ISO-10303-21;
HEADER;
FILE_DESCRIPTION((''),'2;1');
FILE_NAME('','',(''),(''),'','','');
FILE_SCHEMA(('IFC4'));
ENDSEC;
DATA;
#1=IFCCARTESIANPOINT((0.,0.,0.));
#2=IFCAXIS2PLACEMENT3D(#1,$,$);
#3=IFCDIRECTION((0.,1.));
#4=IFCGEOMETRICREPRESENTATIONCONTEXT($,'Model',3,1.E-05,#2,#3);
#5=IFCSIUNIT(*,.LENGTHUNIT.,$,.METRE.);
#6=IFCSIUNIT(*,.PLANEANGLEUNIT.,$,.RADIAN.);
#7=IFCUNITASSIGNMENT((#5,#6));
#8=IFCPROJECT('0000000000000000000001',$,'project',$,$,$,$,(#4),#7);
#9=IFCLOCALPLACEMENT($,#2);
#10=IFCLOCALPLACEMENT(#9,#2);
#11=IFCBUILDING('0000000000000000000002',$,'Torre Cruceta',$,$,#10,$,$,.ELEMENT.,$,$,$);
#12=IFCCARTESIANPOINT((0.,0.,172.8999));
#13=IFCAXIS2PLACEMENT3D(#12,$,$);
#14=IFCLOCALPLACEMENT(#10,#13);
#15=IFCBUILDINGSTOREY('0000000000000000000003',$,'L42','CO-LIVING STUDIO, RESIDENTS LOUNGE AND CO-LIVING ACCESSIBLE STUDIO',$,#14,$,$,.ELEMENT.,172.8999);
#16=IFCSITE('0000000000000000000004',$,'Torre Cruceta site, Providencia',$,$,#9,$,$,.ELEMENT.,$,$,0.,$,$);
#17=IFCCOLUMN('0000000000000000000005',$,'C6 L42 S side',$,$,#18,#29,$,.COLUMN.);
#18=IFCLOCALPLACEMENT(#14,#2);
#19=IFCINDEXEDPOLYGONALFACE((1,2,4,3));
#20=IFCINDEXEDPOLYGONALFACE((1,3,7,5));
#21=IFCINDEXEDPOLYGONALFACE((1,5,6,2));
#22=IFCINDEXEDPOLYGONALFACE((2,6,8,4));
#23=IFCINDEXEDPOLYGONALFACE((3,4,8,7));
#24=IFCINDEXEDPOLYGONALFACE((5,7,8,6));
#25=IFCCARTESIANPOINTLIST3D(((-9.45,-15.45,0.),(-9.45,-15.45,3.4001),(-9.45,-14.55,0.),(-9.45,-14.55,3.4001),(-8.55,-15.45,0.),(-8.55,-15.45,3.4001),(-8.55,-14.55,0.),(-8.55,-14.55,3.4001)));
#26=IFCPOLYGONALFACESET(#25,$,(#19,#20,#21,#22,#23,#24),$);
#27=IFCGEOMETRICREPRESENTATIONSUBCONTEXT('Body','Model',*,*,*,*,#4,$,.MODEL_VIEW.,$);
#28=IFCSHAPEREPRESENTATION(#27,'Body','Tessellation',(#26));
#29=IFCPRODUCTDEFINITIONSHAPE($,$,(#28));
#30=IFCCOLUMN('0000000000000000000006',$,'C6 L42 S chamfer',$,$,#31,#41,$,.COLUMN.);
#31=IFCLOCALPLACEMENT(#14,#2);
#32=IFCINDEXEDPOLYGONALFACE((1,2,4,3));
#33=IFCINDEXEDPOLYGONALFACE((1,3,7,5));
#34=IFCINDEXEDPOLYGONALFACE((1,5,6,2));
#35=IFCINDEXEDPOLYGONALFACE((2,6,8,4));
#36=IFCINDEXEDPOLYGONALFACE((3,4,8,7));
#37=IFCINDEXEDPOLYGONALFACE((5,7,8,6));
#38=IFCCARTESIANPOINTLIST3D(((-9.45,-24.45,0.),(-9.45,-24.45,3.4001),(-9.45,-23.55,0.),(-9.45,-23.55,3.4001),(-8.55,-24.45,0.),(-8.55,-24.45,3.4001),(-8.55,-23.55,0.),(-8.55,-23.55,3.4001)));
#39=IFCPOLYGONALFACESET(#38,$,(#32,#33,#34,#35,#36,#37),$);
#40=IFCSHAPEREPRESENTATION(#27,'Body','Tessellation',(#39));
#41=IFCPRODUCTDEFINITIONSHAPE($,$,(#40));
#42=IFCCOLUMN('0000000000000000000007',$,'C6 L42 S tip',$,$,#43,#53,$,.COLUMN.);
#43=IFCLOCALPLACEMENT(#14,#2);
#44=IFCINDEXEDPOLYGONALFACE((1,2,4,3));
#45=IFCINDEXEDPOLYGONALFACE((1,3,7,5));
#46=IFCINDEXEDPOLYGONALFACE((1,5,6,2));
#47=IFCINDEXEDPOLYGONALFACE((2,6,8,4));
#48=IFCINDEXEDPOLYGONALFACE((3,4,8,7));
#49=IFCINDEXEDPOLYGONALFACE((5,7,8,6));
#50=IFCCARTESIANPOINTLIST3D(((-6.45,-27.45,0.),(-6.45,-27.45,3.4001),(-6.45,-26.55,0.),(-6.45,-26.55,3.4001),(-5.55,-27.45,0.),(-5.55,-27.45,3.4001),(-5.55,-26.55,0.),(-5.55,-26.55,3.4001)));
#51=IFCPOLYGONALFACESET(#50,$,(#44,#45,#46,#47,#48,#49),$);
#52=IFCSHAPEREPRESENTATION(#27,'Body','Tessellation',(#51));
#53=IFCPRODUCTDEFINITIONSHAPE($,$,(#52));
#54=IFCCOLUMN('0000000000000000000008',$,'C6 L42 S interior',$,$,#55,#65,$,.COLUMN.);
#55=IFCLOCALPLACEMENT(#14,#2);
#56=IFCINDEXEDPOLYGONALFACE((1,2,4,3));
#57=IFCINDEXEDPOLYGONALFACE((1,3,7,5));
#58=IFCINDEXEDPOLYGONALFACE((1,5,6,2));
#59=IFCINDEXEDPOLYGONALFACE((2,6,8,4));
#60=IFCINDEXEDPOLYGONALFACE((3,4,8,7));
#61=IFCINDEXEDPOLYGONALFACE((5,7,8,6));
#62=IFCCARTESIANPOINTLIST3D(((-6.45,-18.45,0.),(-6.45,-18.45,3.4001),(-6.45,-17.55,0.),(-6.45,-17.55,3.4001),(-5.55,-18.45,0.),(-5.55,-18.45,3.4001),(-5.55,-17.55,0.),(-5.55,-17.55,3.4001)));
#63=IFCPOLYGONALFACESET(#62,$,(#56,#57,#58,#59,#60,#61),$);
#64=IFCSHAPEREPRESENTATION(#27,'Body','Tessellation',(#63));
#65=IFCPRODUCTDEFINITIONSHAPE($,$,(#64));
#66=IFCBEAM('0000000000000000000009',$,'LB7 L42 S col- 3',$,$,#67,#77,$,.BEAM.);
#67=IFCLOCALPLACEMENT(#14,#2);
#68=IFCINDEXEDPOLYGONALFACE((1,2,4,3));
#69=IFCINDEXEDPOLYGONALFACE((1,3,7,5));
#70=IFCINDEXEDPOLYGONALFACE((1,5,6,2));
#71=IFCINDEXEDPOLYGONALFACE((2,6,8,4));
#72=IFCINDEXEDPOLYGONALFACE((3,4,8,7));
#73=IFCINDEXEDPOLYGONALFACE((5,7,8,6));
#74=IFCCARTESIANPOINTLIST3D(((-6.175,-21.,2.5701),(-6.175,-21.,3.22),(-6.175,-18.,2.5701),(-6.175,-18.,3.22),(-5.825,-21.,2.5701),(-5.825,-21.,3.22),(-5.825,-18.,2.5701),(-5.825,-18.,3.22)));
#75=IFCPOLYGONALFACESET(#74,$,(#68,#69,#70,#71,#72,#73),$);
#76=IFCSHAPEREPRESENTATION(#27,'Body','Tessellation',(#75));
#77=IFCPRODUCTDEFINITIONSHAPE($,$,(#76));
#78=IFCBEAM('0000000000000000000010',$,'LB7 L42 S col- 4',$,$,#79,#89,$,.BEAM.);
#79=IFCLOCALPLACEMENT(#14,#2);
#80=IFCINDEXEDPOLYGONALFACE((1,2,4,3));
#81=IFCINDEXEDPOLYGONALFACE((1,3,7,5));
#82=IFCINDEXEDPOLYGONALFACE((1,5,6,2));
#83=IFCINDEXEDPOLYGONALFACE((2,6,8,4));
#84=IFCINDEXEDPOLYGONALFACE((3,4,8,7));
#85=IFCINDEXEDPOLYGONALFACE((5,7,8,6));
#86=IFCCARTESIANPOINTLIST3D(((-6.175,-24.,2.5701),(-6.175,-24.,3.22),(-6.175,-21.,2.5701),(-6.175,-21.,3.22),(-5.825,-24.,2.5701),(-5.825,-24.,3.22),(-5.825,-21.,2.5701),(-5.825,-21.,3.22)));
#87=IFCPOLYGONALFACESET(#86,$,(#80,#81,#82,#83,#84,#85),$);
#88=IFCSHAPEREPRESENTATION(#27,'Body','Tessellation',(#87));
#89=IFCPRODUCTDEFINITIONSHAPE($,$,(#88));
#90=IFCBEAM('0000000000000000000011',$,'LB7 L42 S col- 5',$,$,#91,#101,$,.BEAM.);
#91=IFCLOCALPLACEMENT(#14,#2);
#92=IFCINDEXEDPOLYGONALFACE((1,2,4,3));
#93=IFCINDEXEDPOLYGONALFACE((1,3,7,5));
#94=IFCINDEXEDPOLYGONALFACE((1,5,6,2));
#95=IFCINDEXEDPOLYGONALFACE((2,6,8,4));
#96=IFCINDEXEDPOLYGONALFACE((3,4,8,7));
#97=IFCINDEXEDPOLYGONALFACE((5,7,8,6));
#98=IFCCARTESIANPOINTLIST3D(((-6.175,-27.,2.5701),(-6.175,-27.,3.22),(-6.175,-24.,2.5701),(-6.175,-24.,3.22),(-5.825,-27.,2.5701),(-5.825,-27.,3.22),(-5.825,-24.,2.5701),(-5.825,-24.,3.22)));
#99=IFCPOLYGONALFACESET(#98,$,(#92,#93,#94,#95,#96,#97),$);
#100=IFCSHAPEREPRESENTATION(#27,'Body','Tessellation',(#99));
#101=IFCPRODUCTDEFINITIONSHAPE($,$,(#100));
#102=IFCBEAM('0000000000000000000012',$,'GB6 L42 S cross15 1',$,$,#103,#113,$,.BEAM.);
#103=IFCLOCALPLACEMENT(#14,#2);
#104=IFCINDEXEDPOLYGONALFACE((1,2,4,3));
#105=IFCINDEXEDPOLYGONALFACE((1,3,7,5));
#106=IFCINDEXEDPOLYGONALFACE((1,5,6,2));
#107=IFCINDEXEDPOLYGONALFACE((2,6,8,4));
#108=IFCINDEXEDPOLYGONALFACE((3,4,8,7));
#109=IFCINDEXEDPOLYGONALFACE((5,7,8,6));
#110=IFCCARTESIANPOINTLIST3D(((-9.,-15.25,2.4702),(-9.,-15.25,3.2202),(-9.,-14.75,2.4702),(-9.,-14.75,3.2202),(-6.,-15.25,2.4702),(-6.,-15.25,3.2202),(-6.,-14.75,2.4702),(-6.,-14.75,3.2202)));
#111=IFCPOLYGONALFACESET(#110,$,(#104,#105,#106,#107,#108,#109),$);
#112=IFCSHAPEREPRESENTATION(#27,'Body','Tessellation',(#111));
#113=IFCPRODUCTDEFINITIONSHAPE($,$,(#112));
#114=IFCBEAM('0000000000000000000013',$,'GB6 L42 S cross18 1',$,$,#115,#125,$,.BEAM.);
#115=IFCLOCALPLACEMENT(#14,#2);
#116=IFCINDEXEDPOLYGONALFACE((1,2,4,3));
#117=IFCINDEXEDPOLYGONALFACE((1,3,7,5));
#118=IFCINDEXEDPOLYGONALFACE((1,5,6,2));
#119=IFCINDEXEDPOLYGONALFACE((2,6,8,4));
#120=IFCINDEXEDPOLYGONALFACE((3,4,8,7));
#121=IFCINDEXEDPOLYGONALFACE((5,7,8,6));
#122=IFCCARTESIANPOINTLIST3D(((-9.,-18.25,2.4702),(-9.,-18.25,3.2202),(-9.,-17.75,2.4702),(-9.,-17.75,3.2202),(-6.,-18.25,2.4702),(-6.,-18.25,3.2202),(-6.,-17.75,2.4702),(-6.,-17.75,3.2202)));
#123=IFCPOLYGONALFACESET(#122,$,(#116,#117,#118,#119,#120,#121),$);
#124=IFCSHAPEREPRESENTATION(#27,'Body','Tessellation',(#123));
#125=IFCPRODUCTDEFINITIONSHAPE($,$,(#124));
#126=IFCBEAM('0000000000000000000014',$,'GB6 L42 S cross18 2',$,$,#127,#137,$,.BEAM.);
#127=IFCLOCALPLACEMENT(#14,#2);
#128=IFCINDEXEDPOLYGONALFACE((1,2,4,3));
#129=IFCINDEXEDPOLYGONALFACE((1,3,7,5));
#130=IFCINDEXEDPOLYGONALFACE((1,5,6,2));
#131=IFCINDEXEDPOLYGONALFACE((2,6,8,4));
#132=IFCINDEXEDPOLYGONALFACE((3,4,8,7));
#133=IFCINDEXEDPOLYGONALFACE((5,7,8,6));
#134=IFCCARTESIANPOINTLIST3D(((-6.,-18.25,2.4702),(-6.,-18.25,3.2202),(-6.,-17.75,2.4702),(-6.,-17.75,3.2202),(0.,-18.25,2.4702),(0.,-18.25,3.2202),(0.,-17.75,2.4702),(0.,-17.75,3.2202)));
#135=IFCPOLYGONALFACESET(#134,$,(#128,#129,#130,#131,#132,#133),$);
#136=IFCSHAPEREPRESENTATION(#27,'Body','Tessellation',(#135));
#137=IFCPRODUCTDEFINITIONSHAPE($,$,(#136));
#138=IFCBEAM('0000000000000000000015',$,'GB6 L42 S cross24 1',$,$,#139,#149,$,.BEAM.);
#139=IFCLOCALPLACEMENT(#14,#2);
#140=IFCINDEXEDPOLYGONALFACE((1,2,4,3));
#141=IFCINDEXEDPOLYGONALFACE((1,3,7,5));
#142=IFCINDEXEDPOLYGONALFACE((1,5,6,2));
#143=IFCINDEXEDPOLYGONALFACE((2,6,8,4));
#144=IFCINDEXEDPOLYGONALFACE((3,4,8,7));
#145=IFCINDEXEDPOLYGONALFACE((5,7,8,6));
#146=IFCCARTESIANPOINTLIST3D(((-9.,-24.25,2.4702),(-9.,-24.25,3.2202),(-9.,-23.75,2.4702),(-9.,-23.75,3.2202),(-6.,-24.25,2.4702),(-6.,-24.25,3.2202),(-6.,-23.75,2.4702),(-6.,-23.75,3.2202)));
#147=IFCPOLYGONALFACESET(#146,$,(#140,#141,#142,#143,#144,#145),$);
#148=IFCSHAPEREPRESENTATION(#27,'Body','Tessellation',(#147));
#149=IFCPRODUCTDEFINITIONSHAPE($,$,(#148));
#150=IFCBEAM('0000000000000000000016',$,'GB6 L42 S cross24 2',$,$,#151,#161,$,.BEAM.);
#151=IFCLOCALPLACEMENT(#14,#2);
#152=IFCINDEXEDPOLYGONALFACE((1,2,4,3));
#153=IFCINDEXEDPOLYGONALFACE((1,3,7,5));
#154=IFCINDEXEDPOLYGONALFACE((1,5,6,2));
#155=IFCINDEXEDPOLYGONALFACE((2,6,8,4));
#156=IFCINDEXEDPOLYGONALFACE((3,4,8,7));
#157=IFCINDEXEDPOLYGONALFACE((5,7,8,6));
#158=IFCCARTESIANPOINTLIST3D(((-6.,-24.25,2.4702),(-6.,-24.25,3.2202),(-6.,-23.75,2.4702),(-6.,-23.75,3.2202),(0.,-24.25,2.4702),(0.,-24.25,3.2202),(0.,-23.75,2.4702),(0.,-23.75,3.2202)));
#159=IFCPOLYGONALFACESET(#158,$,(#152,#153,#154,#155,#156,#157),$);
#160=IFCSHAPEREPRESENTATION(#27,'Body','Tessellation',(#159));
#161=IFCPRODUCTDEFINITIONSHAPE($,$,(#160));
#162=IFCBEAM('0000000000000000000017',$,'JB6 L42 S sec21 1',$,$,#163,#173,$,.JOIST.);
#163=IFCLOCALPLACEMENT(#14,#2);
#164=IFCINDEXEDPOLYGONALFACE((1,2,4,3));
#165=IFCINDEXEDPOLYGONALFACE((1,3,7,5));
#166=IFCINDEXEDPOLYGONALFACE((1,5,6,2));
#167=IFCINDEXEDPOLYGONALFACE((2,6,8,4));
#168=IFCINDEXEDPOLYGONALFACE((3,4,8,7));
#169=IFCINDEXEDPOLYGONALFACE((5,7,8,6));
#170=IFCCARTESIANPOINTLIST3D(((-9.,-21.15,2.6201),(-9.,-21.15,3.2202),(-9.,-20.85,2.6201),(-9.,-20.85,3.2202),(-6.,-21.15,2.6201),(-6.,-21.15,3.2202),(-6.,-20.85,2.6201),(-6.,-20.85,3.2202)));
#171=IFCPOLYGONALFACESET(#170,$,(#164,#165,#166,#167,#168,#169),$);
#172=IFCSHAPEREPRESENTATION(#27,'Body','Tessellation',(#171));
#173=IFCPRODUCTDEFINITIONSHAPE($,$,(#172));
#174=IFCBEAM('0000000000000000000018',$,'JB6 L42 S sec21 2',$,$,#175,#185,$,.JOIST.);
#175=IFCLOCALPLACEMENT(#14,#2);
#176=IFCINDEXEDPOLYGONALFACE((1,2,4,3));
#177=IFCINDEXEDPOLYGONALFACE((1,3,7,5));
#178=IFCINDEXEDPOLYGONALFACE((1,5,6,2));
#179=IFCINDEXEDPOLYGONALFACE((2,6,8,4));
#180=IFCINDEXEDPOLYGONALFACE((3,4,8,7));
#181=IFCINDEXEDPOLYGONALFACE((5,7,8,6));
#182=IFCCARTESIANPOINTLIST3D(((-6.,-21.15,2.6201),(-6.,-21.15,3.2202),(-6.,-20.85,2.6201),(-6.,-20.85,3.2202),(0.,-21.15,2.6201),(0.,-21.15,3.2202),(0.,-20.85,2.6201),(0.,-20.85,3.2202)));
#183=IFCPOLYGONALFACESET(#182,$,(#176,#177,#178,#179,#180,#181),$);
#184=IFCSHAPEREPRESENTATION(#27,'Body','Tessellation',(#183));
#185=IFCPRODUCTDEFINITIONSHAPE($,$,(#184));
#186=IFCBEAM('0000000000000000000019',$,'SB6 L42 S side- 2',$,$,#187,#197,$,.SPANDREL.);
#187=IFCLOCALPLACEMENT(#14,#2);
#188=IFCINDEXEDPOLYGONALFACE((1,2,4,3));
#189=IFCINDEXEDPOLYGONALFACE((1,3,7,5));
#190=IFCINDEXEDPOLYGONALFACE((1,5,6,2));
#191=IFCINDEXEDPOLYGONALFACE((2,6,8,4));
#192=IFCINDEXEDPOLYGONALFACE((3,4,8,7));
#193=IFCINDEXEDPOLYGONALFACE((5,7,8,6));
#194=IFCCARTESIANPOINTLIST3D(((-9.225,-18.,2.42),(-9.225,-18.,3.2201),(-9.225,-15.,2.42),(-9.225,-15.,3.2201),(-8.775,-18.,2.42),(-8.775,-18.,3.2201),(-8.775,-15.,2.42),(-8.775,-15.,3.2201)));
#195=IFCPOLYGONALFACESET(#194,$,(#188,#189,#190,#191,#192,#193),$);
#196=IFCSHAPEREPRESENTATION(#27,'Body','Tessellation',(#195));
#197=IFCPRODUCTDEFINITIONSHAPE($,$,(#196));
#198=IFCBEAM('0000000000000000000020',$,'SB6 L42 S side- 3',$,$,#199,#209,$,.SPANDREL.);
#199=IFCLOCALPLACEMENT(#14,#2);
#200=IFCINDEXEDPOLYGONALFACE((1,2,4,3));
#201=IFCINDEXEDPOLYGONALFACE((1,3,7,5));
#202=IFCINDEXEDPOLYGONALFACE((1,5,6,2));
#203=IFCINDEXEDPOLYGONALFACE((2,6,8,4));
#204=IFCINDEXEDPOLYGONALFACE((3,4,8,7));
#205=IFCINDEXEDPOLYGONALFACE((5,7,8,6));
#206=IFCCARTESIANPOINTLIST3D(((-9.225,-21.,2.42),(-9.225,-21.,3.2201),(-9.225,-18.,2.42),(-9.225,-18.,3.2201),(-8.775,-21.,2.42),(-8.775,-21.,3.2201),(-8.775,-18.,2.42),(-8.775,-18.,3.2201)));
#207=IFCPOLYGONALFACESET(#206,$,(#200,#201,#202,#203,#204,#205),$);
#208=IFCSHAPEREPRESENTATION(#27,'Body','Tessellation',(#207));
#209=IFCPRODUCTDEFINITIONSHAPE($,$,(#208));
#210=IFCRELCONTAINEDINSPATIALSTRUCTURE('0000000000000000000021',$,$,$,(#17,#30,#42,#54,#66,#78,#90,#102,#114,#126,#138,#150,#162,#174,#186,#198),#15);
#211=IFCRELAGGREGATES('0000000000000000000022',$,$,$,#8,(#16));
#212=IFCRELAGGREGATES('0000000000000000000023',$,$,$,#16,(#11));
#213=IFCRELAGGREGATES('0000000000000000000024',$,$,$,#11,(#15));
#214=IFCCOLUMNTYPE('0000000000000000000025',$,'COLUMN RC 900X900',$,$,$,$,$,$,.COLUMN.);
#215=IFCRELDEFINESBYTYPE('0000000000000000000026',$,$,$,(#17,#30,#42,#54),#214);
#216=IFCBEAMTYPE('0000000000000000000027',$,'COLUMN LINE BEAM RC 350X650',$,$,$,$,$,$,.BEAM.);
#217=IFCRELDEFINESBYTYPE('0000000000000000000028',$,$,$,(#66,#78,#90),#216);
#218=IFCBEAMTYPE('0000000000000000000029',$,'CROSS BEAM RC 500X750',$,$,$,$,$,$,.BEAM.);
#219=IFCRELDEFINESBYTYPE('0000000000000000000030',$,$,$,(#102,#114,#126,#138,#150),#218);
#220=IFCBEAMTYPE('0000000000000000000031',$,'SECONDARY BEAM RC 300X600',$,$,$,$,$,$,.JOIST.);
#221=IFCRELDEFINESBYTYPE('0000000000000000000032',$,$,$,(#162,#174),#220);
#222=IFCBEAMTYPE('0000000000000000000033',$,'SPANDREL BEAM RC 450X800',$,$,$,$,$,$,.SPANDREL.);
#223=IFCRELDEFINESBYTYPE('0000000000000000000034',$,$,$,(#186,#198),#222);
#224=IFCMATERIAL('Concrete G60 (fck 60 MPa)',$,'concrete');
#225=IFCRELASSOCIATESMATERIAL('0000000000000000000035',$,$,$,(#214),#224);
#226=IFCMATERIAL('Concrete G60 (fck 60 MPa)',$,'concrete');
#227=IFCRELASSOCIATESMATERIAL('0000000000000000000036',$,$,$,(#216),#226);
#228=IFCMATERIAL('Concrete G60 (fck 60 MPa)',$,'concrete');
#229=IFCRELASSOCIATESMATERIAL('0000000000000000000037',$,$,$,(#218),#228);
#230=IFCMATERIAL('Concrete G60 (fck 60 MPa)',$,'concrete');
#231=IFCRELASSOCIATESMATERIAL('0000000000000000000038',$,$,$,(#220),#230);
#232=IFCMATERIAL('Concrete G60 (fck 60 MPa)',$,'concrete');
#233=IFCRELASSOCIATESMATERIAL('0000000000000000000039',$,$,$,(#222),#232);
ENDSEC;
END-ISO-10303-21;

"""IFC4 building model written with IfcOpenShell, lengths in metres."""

from ifc_helpers import new_model, si_unit, direction, frame, origin, origin_2d, place, context, subcontext, project, spatial, rectangle, extrude, material, material_profile, profile_set, type_object, element, save


model = new_model("IFC4")

# Units and contexts
model_context = context("Model", 3, precision=1e-05, world=origin(), true_north=direction((0.0, 1.0)))
body_context = subcontext(model_context, "Body", "Model", "MODEL_VIEW")
ifc_project = project(units=[si_unit("LENGTHUNIT", "METRE"), si_unit("PLANEANGLEUNIT", "RADIAN")], contexts=[model_context])

# Site, building, storey
site_placement = place(None, origin())
site = spatial("IfcSite", under=ifc_project, at=site_placement, Name="Torre Cruceta site, Providencia", CompositionType="ELEMENT", RefElevation=0.0)
building_placement = place(site_placement, origin())
building = spatial("IfcBuilding", under=site, at=building_placement, Name="Torre Cruceta", CompositionType="ELEMENT")
storey_placement = place(building_placement, frame((0.0, 0.0, 172.8999)))
storey = spatial("IfcBuildingStorey", under=building, at=storey_placement, Name="L42", Description="CO-LIVING STUDIO, RESIDENTS LOUNGE AND CO-LIVING ACCESSIBLE STUDIO", CompositionType="ELEMENT", Elevation=172.8999)

# Columns
ifc_material_1 = material(Name="Concrete G60 (fck 60 MPa)", Category="concrete")
ifc_material_profile_1 = material_profile(ifc_material_1, rectangle(XDim=0.8999, YDim=0.8999, at=origin_2d()), Name="RC 900X900")
ifc_profile_set_1 = profile_set([ifc_material_profile_1], Name="Concrete G60 (fck 60 MPa)")
column_type = type_object("IfcColumnType", Name="COLUMN RC 900X900", PredefinedType="COLUMN", material=ifc_profile_set_1)
for number, where, z_axis, x_axis, name in (
    (1, (-9.0, -15.0, 0.0), (0.0, 0.0, 1.0), (1.0, 0.0, 0.0), "C6 L42 S side"),
    (2, (-9.0, -24.0, 0.0), (0.0, 0.0, 1.0), (1.0, 0.0, 0.0), "C6 L42 S chamfer"),
    (3, (-6.0, -27.0, 0.0), (0.0, 0.0, 1.0), (1.0, 0.0, 0.0), "C6 L42 S tip"),
    (4, (-6.0, -18.0, 0.0), (0.0, 0.0, 1.0), (1.0, 0.0, 0.0), "C6 L42 S interior"),
):
    element("IfcColumn", number, at=place(storey_placement, frame(where, z_axis=z_axis, x_axis=x_axis)), inside=storey, type_object=column_type, Name=name, PredefinedType="COLUMN", context=body_context, shape_type="SweptSolid", body=[
        extrude(rectangle(XDim=0.8999, YDim=0.8999, at=origin_2d()), origin(), (0.0, 0.0, 1.0), 3.4001),
    ])

# Beams
ifc_material_2 = material(Name="Concrete G60 (fck 60 MPa)", Category="concrete")
ifc_material_profile_2 = material_profile(ifc_material_2, rectangle(XDim=0.3501, YDim=0.6499, at=origin_2d()), Name="RC 350X650")
ifc_profile_set_2 = profile_set([ifc_material_profile_2], Name="Concrete G60 (fck 60 MPa)")
beam_type_1 = type_object("IfcBeamType", Name="COLUMN LINE BEAM RC 350X650", PredefinedType="BEAM", material=ifc_profile_set_2)
for number, where, z_axis, x_axis, name in (
    (5, (-6.0, -18.0, 2.895), (0.0, -1.0, 0.0), (1.0, 0.0, 0.0), "LB7 L42 S col- 3"),
    (6, (-6.0, -21.0, 2.895), (0.0, -1.0, 0.0), (1.0, 0.0, 0.0), "LB7 L42 S col- 4"),
    (7, (-6.0, -24.0, 2.895), (0.0, -1.0, 0.0), (1.0, 0.0, 0.0), "LB7 L42 S col- 5"),
):
    element("IfcBeam", number, at=place(storey_placement, frame(where, z_axis=z_axis, x_axis=x_axis)), inside=storey, type_object=beam_type_1, Name=name, PredefinedType="BEAM", context=body_context, shape_type="SweptSolid", body=[
        extrude(rectangle(XDim=0.3501, YDim=0.6499, at=origin_2d()), origin(), (0.0, 0.0, 1.0), 3.0),
    ])
ifc_material_3 = material(Name="Concrete G60 (fck 60 MPa)", Category="concrete")
ifc_material_profile_3 = material_profile(ifc_material_3, rectangle(XDim=0.5, YDim=0.75, at=origin_2d()), Name="RC 500X750")
ifc_profile_set_3 = profile_set([ifc_material_profile_3], Name="Concrete G60 (fck 60 MPa)")
beam_type_2 = type_object("IfcBeamType", Name="CROSS BEAM RC 500X750", PredefinedType="BEAM", material=ifc_profile_set_3)
for number, where, z_axis, x_axis, name in (
    (8, (-9.0, -15.0, 2.8452), (1.0, 0.0, 0.0), (0.0, 1.0, 0.0), "GB6 L42 S cross15 1"),
    (9, (-9.0, -18.0, 2.8452), (1.0, 0.0, 0.0), (0.0, 1.0, 0.0), "GB6 L42 S cross18 1"),
):
    element("IfcBeam", number, at=place(storey_placement, frame(where, z_axis=z_axis, x_axis=x_axis)), inside=storey, type_object=beam_type_2, Name=name, PredefinedType="BEAM", context=body_context, shape_type="SweptSolid", body=[
        extrude(rectangle(XDim=0.5, YDim=0.75, at=origin_2d()), origin(), (0.0, 0.0, 1.0), 3.0),
    ])
beam_1_placement = place(storey_placement, frame((-6.0, -18.0, 2.8452), z_axis=(1.0, 0.0, 0.0), x_axis=(0.0, 1.0, 0.0)))
element("IfcBeam", 10, at=beam_1_placement, inside=storey, type_object=beam_type_2, Name="GB6 L42 S cross18 2", PredefinedType="BEAM", context=body_context, shape_type="SweptSolid", body=[
    extrude(rectangle(XDim=0.5, YDim=0.75, at=origin_2d()), origin(), (0.0, 0.0, 1.0), 6.0),
])
beam_2_placement = place(storey_placement, frame((-9.0, -24.0, 2.8452), z_axis=(1.0, 0.0, 0.0), x_axis=(0.0, 1.0, 0.0)))
element("IfcBeam", 11, at=beam_2_placement, inside=storey, type_object=beam_type_2, Name="GB6 L42 S cross24 1", PredefinedType="BEAM", context=body_context, shape_type="SweptSolid", body=[
    extrude(rectangle(XDim=0.5, YDim=0.75, at=origin_2d()), origin(), (0.0, 0.0, 1.0), 3.0),
])
beam_3_placement = place(storey_placement, frame((-6.0, -24.0, 2.8452), z_axis=(1.0, 0.0, 0.0), x_axis=(0.0, 1.0, 0.0)))
element("IfcBeam", 12, at=beam_3_placement, inside=storey, type_object=beam_type_2, Name="GB6 L42 S cross24 2", PredefinedType="BEAM", context=body_context, shape_type="SweptSolid", body=[
    extrude(rectangle(XDim=0.5, YDim=0.75, at=origin_2d()), origin(), (0.0, 0.0, 1.0), 6.0),
])
ifc_material_4 = material(Name="Concrete G60 (fck 60 MPa)", Category="concrete")
ifc_material_profile_4 = material_profile(ifc_material_4, rectangle(XDim=0.3, YDim=0.6001, at=origin_2d()), Name="RC 300X600")
ifc_profile_set_4 = profile_set([ifc_material_profile_4], Name="Concrete G60 (fck 60 MPa)")
beam_type_3 = type_object("IfcBeamType", Name="SECONDARY BEAM RC 300X600", PredefinedType="JOIST", material=ifc_profile_set_4)
beam_4_placement = place(storey_placement, frame((-9.0, -21.0, 2.9202), z_axis=(1.0, 0.0, 0.0), x_axis=(0.0, 1.0, 0.0)))
element("IfcBeam", 13, at=beam_4_placement, inside=storey, type_object=beam_type_3, Name="JB6 L42 S sec21 1", PredefinedType="JOIST", context=body_context, shape_type="SweptSolid", body=[
    extrude(rectangle(XDim=0.3, YDim=0.6001, at=origin_2d()), origin(), (0.0, 0.0, 1.0), 3.0),
])
beam_5_placement = place(storey_placement, frame((-6.0, -21.0, 2.9202), z_axis=(1.0, 0.0, 0.0), x_axis=(0.0, 1.0, 0.0)))
element("IfcBeam", 14, at=beam_5_placement, inside=storey, type_object=beam_type_3, Name="JB6 L42 S sec21 2", PredefinedType="JOIST", context=body_context, shape_type="SweptSolid", body=[
    extrude(rectangle(XDim=0.3, YDim=0.6001, at=origin_2d()), origin(), (0.0, 0.0, 1.0), 6.0),
])
ifc_material_5 = material(Name="Concrete G60 (fck 60 MPa)", Category="concrete")
ifc_material_profile_5 = material_profile(ifc_material_5, rectangle(XDim=0.45, YDim=0.8, at=origin_2d()), Name="RC 450X800")
ifc_profile_set_5 = profile_set([ifc_material_profile_5], Name="Concrete G60 (fck 60 MPa)")
beam_type_4 = type_object("IfcBeamType", Name="SPANDREL BEAM RC 450X800", PredefinedType="SPANDREL", material=ifc_profile_set_5)
for number, where, z_axis, x_axis, name in (
    (15, (-9.0, -15.0, 2.8201), (0.0, -1.0, 0.0), (1.0, 0.0, 0.0), "SB6 L42 S side- 2"),
    (16, (-9.0, -18.0, 2.8201), (0.0, -1.0, 0.0), (1.0, 0.0, 0.0), "SB6 L42 S side- 3"),
):
    element("IfcBeam", number, at=place(storey_placement, frame(where, z_axis=z_axis, x_axis=x_axis)), inside=storey, type_object=beam_type_4, Name=name, PredefinedType="SPANDREL", context=body_context, shape_type="SweptSolid", body=[
        extrude(rectangle(XDim=0.45, YDim=0.8, at=origin_2d()), origin(), (0.0, 0.0, 1.0), 3.0),
    ])

save(model, "model.ifc")
